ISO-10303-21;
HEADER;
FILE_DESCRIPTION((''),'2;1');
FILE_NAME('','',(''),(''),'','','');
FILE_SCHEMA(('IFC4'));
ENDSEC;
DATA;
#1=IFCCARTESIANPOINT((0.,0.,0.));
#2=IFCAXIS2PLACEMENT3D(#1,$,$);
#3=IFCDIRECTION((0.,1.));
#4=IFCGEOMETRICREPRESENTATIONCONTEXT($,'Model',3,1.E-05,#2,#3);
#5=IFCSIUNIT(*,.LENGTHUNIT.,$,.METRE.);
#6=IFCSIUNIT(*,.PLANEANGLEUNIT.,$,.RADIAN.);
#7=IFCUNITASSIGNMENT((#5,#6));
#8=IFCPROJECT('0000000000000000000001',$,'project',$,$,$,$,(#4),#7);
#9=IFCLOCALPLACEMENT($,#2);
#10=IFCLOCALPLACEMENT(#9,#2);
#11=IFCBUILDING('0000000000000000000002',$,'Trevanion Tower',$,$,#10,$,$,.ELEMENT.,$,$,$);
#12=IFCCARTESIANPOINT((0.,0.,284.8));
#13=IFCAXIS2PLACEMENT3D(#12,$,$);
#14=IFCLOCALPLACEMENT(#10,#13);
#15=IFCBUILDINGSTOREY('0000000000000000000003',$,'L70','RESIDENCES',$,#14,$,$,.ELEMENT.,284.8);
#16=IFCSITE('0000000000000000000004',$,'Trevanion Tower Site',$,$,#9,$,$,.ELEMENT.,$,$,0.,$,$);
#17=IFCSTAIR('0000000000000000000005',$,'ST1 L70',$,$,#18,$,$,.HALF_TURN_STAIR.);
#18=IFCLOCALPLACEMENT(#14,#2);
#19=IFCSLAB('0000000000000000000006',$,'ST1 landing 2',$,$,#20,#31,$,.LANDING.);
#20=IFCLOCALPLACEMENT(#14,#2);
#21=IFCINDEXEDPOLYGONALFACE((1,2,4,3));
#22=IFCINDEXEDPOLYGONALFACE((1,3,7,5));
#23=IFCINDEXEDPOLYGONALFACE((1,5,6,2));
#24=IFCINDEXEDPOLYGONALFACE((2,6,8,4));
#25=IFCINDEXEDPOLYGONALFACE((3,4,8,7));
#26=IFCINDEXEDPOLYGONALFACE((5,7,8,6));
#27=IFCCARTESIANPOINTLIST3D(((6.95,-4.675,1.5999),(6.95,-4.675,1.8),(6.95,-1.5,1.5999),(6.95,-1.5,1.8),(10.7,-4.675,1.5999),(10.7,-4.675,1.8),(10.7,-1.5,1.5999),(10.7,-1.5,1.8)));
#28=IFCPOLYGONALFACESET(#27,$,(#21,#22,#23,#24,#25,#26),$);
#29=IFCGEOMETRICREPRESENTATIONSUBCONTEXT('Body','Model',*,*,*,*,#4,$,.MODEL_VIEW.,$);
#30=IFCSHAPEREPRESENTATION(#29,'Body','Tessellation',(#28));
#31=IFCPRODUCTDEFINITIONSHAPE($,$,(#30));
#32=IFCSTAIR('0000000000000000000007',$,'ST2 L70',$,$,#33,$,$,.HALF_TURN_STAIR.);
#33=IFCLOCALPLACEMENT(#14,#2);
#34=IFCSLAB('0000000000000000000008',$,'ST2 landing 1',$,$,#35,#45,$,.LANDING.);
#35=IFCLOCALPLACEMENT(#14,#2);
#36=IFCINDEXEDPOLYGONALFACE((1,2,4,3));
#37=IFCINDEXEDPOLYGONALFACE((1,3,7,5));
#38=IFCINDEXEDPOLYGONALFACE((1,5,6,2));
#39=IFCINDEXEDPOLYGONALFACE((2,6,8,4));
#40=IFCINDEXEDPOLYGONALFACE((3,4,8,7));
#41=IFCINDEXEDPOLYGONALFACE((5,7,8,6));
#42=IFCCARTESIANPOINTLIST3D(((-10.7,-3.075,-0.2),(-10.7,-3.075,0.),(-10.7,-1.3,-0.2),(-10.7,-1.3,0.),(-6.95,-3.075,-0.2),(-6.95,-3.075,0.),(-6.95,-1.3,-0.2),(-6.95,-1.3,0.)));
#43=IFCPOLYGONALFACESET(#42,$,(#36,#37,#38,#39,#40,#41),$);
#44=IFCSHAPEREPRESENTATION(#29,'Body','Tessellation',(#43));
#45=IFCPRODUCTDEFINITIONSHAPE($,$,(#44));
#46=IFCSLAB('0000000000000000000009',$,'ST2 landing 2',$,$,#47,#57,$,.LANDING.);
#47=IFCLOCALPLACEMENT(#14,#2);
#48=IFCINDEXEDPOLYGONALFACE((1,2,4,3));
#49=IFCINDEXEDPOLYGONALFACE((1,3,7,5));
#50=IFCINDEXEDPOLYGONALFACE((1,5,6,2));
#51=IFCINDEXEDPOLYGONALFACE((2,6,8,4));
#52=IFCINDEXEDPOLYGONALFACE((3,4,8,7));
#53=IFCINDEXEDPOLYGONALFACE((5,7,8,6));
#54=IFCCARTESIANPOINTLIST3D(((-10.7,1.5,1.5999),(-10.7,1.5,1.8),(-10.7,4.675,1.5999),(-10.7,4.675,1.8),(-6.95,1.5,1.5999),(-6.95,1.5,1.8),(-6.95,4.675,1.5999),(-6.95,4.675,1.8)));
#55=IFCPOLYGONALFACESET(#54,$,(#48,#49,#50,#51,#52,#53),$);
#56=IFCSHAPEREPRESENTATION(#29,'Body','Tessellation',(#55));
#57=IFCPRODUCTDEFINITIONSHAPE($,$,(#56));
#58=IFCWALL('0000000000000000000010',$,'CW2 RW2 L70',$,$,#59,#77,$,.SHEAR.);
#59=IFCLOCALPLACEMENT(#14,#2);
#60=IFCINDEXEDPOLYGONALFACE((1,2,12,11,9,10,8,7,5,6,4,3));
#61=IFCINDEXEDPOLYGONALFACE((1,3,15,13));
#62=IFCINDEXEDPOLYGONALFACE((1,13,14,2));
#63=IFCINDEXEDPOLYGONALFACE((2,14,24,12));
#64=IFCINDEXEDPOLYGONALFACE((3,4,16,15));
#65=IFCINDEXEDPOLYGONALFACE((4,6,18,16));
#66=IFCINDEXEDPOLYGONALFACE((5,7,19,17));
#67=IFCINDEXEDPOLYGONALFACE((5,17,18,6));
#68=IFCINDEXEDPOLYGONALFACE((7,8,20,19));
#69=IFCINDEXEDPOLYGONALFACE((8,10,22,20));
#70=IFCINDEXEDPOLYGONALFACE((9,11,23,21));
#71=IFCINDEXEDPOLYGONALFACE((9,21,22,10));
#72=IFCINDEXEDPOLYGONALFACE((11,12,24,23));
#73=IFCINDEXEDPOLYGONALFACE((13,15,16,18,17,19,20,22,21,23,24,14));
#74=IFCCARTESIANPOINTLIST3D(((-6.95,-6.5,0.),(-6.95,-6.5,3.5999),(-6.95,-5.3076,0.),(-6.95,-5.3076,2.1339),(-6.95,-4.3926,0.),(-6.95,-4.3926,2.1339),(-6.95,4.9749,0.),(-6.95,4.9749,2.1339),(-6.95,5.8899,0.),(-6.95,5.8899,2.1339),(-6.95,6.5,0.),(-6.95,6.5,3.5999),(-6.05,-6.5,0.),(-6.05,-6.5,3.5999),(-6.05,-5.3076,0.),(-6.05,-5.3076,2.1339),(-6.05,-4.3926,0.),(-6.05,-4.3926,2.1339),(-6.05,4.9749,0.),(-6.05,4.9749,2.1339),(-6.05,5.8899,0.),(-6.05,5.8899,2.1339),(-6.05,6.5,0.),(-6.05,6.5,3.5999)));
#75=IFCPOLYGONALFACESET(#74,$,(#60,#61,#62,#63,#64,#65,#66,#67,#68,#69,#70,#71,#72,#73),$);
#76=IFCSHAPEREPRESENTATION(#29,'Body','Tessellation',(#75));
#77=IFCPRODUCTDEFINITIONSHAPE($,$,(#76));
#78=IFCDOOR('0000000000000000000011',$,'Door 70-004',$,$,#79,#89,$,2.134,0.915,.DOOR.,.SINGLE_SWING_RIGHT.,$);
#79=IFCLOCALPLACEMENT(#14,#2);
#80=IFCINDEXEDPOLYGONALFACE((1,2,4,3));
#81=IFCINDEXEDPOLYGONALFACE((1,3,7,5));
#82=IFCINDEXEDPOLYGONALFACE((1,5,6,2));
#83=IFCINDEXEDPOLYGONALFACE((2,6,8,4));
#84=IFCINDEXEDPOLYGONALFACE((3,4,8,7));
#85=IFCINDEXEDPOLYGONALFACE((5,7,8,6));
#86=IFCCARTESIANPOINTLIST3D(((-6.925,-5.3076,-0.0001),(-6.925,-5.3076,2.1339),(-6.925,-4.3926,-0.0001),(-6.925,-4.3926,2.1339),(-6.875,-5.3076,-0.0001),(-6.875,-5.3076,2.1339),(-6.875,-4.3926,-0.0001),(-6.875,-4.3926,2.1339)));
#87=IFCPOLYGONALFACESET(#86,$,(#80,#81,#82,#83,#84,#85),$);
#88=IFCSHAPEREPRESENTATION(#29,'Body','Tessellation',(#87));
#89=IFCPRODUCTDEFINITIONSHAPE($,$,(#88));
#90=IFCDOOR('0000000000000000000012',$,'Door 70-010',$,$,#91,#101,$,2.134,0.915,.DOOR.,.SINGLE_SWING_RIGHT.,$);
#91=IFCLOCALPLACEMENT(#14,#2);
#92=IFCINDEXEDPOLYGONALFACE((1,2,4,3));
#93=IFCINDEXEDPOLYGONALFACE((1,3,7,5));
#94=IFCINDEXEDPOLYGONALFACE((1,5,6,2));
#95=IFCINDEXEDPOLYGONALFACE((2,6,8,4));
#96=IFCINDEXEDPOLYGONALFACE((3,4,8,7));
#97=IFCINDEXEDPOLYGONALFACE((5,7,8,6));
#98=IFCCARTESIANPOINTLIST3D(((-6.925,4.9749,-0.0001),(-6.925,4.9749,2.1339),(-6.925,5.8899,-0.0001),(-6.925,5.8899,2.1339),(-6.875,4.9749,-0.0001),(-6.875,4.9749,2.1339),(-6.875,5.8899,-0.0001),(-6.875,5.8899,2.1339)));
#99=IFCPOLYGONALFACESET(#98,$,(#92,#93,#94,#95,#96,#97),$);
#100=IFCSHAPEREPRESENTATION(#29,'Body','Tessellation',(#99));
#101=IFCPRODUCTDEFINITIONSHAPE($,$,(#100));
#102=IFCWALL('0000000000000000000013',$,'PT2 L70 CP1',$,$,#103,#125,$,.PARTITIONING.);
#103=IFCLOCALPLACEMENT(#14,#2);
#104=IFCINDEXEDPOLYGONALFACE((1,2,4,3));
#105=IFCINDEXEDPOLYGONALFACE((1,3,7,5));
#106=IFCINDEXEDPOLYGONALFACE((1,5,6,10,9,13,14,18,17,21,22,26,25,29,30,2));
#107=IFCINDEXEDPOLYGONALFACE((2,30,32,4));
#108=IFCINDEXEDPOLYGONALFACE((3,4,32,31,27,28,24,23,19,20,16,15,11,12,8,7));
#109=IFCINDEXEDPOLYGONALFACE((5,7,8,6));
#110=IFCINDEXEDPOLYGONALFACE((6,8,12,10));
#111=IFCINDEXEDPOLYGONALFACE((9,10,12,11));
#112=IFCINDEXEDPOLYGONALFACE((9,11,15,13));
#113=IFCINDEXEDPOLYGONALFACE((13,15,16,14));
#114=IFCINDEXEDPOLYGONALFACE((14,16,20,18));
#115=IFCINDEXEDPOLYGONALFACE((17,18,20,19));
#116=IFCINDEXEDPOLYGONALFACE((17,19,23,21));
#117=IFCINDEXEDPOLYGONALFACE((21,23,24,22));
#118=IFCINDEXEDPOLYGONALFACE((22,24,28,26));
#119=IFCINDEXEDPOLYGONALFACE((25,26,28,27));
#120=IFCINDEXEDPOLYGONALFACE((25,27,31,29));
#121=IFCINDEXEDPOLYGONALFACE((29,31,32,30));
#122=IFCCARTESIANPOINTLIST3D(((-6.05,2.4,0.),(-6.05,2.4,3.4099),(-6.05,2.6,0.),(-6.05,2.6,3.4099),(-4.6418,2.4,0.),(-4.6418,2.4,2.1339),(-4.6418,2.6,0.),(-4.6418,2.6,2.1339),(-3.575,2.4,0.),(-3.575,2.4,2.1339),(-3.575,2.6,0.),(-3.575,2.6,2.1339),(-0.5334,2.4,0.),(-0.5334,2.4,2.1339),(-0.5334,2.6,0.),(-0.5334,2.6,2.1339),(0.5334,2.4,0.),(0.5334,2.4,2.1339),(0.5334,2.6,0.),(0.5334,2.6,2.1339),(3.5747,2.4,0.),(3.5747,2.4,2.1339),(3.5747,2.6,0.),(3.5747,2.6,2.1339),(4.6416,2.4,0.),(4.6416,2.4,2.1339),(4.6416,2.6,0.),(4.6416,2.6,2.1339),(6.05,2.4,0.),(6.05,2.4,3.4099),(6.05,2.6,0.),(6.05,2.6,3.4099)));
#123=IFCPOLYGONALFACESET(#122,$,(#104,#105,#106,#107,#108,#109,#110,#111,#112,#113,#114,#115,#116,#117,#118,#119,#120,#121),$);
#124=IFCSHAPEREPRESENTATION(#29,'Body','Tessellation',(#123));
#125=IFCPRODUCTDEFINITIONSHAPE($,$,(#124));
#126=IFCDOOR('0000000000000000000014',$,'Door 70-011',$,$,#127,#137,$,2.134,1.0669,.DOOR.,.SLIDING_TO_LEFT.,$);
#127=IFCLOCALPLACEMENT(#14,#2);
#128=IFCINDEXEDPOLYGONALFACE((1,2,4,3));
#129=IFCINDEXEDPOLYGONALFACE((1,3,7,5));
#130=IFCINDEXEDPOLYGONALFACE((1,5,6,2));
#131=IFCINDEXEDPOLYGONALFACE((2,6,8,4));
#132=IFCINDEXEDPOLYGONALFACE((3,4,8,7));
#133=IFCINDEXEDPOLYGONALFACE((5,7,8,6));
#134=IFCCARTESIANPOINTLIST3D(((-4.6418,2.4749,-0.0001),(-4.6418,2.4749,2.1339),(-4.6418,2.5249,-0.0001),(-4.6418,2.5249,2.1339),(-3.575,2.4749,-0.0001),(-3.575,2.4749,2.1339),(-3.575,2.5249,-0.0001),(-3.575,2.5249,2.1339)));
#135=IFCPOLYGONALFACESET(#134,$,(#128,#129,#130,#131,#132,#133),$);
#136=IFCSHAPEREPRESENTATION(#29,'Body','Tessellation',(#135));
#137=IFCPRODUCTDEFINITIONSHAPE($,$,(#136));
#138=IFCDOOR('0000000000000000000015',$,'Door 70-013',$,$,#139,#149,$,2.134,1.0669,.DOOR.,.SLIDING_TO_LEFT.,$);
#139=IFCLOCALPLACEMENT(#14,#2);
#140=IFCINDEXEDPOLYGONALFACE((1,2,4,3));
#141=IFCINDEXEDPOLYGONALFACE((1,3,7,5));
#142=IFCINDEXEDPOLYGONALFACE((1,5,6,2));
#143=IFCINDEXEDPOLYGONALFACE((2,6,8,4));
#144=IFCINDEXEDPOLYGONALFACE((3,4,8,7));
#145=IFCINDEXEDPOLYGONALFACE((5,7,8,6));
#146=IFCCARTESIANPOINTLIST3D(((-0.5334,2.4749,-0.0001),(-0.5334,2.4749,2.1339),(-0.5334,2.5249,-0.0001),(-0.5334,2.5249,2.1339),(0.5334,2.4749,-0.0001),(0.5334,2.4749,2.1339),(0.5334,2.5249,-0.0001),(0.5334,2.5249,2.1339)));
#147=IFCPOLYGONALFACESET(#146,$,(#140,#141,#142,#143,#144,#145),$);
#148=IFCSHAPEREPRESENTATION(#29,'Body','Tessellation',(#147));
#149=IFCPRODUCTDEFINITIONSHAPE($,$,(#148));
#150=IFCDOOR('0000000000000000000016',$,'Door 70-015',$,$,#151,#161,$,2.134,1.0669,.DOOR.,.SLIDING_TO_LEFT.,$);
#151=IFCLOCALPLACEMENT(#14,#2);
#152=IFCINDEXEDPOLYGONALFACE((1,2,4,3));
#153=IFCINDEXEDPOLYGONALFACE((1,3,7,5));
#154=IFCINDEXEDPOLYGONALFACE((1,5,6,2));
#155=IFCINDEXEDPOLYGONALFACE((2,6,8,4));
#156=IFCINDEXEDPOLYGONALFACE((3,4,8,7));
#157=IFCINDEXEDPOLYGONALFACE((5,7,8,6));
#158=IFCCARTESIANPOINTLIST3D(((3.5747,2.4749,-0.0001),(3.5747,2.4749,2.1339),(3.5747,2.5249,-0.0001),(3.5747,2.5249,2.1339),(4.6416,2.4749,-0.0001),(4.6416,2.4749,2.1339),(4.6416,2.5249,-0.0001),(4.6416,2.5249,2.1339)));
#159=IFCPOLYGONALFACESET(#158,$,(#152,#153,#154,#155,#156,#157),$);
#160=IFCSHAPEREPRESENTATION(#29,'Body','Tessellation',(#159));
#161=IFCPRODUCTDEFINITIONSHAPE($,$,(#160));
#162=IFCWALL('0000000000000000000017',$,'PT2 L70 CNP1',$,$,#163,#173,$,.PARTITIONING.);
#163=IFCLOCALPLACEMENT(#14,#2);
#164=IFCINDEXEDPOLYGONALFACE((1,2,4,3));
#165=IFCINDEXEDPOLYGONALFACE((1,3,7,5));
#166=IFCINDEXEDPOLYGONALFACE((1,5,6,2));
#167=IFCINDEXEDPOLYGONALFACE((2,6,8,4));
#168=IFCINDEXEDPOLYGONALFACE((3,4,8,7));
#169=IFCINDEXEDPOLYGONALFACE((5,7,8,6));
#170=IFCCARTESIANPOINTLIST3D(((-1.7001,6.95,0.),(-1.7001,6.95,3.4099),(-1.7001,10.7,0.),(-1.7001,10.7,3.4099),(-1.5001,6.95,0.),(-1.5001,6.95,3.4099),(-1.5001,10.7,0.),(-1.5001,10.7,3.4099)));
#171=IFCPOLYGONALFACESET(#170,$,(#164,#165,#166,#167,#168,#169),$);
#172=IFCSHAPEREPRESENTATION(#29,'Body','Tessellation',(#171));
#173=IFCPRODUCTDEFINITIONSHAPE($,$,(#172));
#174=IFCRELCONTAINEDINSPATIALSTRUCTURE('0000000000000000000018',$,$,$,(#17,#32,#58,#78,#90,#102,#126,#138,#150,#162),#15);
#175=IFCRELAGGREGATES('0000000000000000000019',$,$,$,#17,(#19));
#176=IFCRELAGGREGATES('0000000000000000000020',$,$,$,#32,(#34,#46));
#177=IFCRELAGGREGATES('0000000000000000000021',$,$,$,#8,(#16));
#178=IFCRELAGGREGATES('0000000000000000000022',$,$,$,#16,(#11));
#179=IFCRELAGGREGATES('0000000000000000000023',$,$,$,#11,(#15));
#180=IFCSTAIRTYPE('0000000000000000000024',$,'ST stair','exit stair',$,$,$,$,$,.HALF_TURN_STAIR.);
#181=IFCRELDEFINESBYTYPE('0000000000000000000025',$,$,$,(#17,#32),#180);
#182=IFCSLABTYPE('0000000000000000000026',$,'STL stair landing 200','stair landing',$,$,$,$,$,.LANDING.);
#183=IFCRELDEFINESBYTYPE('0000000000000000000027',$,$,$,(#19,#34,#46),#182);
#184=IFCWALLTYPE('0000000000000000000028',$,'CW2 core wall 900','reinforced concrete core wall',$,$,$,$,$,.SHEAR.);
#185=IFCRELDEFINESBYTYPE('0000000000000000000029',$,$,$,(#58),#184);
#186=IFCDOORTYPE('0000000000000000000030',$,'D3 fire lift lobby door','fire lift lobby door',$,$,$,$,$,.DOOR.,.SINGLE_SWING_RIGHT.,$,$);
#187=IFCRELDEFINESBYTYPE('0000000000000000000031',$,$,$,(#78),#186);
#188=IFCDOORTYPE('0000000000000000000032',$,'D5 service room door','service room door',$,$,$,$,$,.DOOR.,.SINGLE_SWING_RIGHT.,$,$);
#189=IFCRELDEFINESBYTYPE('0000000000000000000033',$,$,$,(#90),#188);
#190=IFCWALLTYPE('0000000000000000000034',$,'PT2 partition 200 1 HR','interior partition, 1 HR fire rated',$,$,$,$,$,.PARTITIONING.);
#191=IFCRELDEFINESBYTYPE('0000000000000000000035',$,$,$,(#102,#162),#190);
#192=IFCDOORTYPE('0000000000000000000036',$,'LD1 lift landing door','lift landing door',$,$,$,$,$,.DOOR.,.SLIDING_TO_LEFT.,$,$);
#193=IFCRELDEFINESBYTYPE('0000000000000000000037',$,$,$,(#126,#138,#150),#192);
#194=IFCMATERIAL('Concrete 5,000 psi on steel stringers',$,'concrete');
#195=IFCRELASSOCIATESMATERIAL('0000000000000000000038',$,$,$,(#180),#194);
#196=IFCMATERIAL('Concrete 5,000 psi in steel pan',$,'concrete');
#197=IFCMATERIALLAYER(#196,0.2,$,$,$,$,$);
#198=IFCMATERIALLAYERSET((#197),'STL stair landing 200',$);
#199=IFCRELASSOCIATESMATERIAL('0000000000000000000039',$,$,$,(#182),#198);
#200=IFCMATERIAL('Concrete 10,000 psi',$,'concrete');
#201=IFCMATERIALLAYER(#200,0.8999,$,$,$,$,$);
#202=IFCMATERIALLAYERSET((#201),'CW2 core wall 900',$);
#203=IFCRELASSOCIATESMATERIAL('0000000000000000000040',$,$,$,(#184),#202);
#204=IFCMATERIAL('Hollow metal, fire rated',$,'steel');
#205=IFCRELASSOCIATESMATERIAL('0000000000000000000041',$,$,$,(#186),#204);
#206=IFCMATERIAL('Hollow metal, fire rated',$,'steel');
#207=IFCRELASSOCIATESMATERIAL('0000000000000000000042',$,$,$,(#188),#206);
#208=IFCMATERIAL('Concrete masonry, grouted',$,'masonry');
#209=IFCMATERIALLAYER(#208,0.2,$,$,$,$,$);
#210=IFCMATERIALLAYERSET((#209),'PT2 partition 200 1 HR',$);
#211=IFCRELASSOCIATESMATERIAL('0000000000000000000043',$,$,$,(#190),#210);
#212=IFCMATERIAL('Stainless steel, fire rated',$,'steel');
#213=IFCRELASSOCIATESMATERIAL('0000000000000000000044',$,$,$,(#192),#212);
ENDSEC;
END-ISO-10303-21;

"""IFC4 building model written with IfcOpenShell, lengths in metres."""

from ifc_helpers import new_model, si_unit, direction, frame, frame_2d, origin, place, context, subcontext, project, spatial, polyline, rectangle, outline, extrude, material, layer, layer_set, type_object, element, fill, aggregate, save


model = new_model("IFC4")

# Units and contexts
model_context = context("Model", 3, precision=1e-05, world=origin(), true_north=direction((0.0, 1.0)))
body_context = subcontext(model_context, "Body", "Model", "MODEL_VIEW")
ifc_project = project(units=[si_unit("LENGTHUNIT", "METRE"), si_unit("PLANEANGLEUNIT", "RADIAN")], contexts=[model_context])

# Site, building, storey
site_placement = place(None, origin())
site = spatial("IfcSite", under=ifc_project, at=site_placement, Name="Trevanion Tower Site", CompositionType="ELEMENT", RefElevation=0.0)
building_placement = place(site_placement, origin())
building = spatial("IfcBuilding", under=site, at=building_placement, Name="Trevanion Tower", CompositionType="ELEMENT")
storey_placement = place(building_placement, frame((0.0, 0.0, 284.8)))
storey = spatial("IfcBuildingStorey", under=building, at=storey_placement, Name="L70", Description="RESIDENCES", CompositionType="ELEMENT", Elevation=284.8)

# Stairs, slabs
ifc_material_1 = material(Name="Concrete 5,000 psi on steel stringers", Category="concrete")
stair_type = type_object("IfcStairType", Name="ST stair", Description="exit stair", PredefinedType="HALF_TURN_STAIR", material=ifc_material_1)
stair_1_placement = place(storey_placement, origin())
stair_1 = element("IfcStair", 1, at=stair_1_placement, inside=storey, type_object=stair_type, Name="ST1 L70", PredefinedType="HALF_TURN_STAIR")
ifc_material_2 = material(Name="Concrete 5,000 psi in steel pan", Category="concrete")
ifc_layer_1 = layer(ifc_material_2, 0.2)
ifc_layer_set_1 = layer_set([ifc_layer_1], Name="STL stair landing 200")
slab_type_1 = type_object("IfcSlabType", Name="STL stair landing 200", Description="stair landing", PredefinedType="LANDING", material=ifc_layer_set_1)
slab_1_placement = place(storey_placement, frame((0.0, 0.0, 1.5999)))
slab_1 = element("IfcSlab", 2, at=slab_1_placement, type_object=slab_type_1, Name="ST1 landing 2", PredefinedType="LANDING", context=body_context, shape_type="SweptSolid", body=[
    extrude(outline(polyline([(6.95, -4.675), (10.7, -4.675), (10.7, -1.5), (6.95, -1.5), (6.95, -4.675)])), origin(), (0.0, 0.0, 1.0), 0.2002),
])
aggregate(stair_1, [slab_1])
stair_2_placement = place(storey_placement, origin())
stair_2 = element("IfcStair", 3, at=stair_2_placement, inside=storey, type_object=stair_type, Name="ST2 L70", PredefinedType="HALF_TURN_STAIR")
slab_2_placement = place(storey_placement, frame((0.0, 0.0, -0.2)))
slab_2 = element("IfcSlab", 4, at=slab_2_placement, type_object=slab_type_1, Name="ST2 landing 1", PredefinedType="LANDING", context=body_context, shape_type="SweptSolid", body=[
    extrude(outline(polyline([(-6.95, -1.3), (-10.7, -1.3), (-10.7, -3.075), (-6.95, -3.075), (-6.95, -1.3)])), origin(), (0.0, 0.0, 1.0), 0.2),
])
slab_3_placement = place(storey_placement, frame((0.0, 0.0, 1.5999)))
slab_3 = element("IfcSlab", 5, at=slab_3_placement, type_object=slab_type_1, Name="ST2 landing 2", PredefinedType="LANDING", context=body_context, shape_type="SweptSolid", body=[
    extrude(outline(polyline([(-6.95, 4.675), (-10.7, 4.675), (-10.7, 1.5), (-6.95, 1.5), (-6.95, 4.675)])), origin(), (0.0, 0.0, 1.0), 0.2002),
])
aggregate(stair_2, [slab_2, slab_3])

# Walls, openings, doors
ifc_material_3 = material(Name="Concrete 10,000 psi", Category="concrete")
ifc_layer_2 = layer(ifc_material_3, 0.8999)
ifc_layer_set_2 = layer_set([ifc_layer_2], Name="CW2 core wall 900")
wall_type_1 = type_object("IfcWallType", Name="CW2 core wall 900", Description="reinforced concrete core wall", PredefinedType="SHEAR", material=ifc_layer_set_2)
wall_1_placement = place(storey_placement, frame((-6.5, 6.5, 0.0), z_axis=(0.0, 0.0, 1.0), x_axis=(0.0, -1.0, 0.0)))
wall_1 = element("IfcWall", 6, at=wall_1_placement, inside=storey, type_object=wall_type_1, Name="CW2 RW2 L70", PredefinedType="SHEAR", context=body_context, shape_type="SweptSolid", body=[
    extrude(rectangle(XDim=13.0, YDim=0.8999, at=frame_2d((6.5, 0.0))), origin(), (0.0, 0.0, 1.0), 3.5999),
])
opening_1_placement = place(wall_1_placement, frame((10.8926, 0.0, 0.0)))
opening_1 = element("IfcOpeningElement", 7, at=opening_1_placement, cuts=wall_1, PredefinedType="OPENING", context=body_context, shape_type="SweptSolid", body=[
    extrude(rectangle(XDim=0.915, YDim=2.134, at=frame_2d((0.4575, 1.0669))), frame((0.0, 0.46, 0.0), z_axis=(0.0, -1.0, 0.0), x_axis=(1.0, 0.0, 0.0)), (0.0, 0.0, 1.0), 0.9199),
])
opening_2_placement = place(wall_1_placement, frame((0.6101, 0.0, 0.0)))
opening_2 = element("IfcOpeningElement", 8, at=opening_2_placement, cuts=wall_1, PredefinedType="OPENING", context=body_context, shape_type="SweptSolid", body=[
    extrude(rectangle(XDim=0.915, YDim=2.134, at=frame_2d((0.4575, 1.0669))), frame((0.0, 0.46, 0.0), z_axis=(0.0, -1.0, 0.0), x_axis=(1.0, 0.0, 0.0)), (0.0, 0.0, 1.0), 0.9199),
])
ifc_material_4 = material(Name="Hollow metal, fire rated", Category="steel")
door_type_1 = type_object("IfcDoorType", Name="D3 fire lift lobby door", Description="fire lift lobby door", OperationType="SINGLE_SWING_RIGHT", PredefinedType="DOOR", material=ifc_material_4)
door_1_placement = place(opening_1_placement, origin())
door_1 = element("IfcDoor", 9, at=door_1_placement, inside=storey, type_object=door_type_1, Name="Door 70-004", OperationType="SINGLE_SWING_RIGHT", OverallHeight=2.134, OverallWidth=0.915, PredefinedType="DOOR", context=body_context, shape_type="SweptSolid", body=[
    extrude(rectangle(XDim=0.915, YDim=2.134, at=frame_2d((0.4575, 1.0669))), frame((0.0, -0.375, 0.0), z_axis=(0.0, -1.0, 0.0), x_axis=(1.0, 0.0, 0.0)), (0.0, 0.0, 1.0), 0.05),
])
fill(opening_1, door_1)
ifc_material_5 = material(Name="Hollow metal, fire rated", Category="steel")
door_type_2 = type_object("IfcDoorType", Name="D5 service room door", Description="service room door", OperationType="SINGLE_SWING_RIGHT", PredefinedType="DOOR", material=ifc_material_5)
door_2_placement = place(opening_2_placement, origin())
door_2 = element("IfcDoor", 10, at=door_2_placement, inside=storey, type_object=door_type_2, Name="Door 70-010", OperationType="SINGLE_SWING_RIGHT", OverallHeight=2.134, OverallWidth=0.915, PredefinedType="DOOR", context=body_context, shape_type="SweptSolid", body=[
    extrude(rectangle(XDim=0.915, YDim=2.134, at=frame_2d((0.4575, 1.0669))), frame((0.0, -0.375, 0.0), z_axis=(0.0, -1.0, 0.0), x_axis=(1.0, 0.0, 0.0)), (0.0, 0.0, 1.0), 0.05),
])
fill(opening_2, door_2)
ifc_material_6 = material(Name="Concrete masonry, grouted", Category="masonry")
ifc_layer_3 = layer(ifc_material_6, 0.2)
ifc_layer_set_3 = layer_set([ifc_layer_3], Name="PT2 partition 200 1 HR")
wall_type_2 = type_object("IfcWallType", Name="PT2 partition 200 1 HR", Description="interior partition, 1 HR fire rated", PredefinedType="PARTITIONING", material=ifc_layer_set_3)
wall_2_placement = place(storey_placement, frame((-6.05, 2.5, 0.0), z_axis=(0.0, 0.0, 1.0), x_axis=(1.0, 0.0, 0.0)))
wall_2 = element("IfcWall", 11, at=wall_2_placement, inside=storey, type_object=wall_type_2, Name="PT2 L70 CP1", PredefinedType="PARTITIONING", context=body_context, shape_type="SweptSolid", body=[
    extrude(rectangle(XDim=12.1001, YDim=0.2, at=frame_2d((6.05, 0.0))), origin(), (0.0, 0.0, 1.0), 3.4099),
])
opening_3_placement = place(wall_2_placement, frame((1.4082, 0.0, 0.0)))
opening_3 = element("IfcOpeningElement", 12, at=opening_3_placement, cuts=wall_2, PredefinedType="OPENING", context=body_context, shape_type="SweptSolid", body=[
    extrude(rectangle(XDim=1.0669, YDim=2.134, at=frame_2d((0.5334, 1.0669))), frame((0.0, 0.1099, 0.0), z_axis=(0.0, -1.0, 0.0), x_axis=(1.0, 0.0, 0.0)), (0.0, 0.0, 1.0), 0.22),
])
opening_4_placement = place(wall_2_placement, frame((5.5166, 0.0, 0.0)))
opening_4 = element("IfcOpeningElement", 13, at=opening_4_placement, cuts=wall_2, PredefinedType="OPENING", context=body_context, shape_type="SweptSolid", body=[
    extrude(rectangle(XDim=1.0669, YDim=2.134, at=frame_2d((0.5334, 1.0669))), frame((0.0, 0.1099, 0.0), z_axis=(0.0, -1.0, 0.0), x_axis=(1.0, 0.0, 0.0)), (0.0, 0.0, 1.0), 0.22),
])
opening_5_placement = place(wall_2_placement, frame((9.6248, 0.0, 0.0)))
opening_5 = element("IfcOpeningElement", 14, at=opening_5_placement, cuts=wall_2, PredefinedType="OPENING", context=body_context, shape_type="SweptSolid", body=[
    extrude(rectangle(XDim=1.0669, YDim=2.134, at=frame_2d((0.5334, 1.0669))), frame((0.0, 0.1099, 0.0), z_axis=(0.0, -1.0, 0.0), x_axis=(1.0, 0.0, 0.0)), (0.0, 0.0, 1.0), 0.22),
])
ifc_material_7 = material(Name="Stainless steel, fire rated", Category="steel")
door_type_3 = type_object("IfcDoorType", Name="LD1 lift landing door", Description="lift landing door", OperationType="SLIDING_TO_LEFT", PredefinedType="DOOR", material=ifc_material_7)
door_3_placement = place(opening_3_placement, origin())
door_3 = element("IfcDoor", 15, at=door_3_placement, inside=storey, type_object=door_type_3, Name="Door 70-011", OperationType="SLIDING_TO_LEFT", OverallHeight=2.134, OverallWidth=1.0669, PredefinedType="DOOR", context=body_context, shape_type="SweptSolid", body=[
    extrude(rectangle(XDim=1.0669, YDim=2.134, at=frame_2d((0.5334, 1.0669))), frame((0.0, 0.0249, 0.0), z_axis=(0.0, -1.0, 0.0), x_axis=(1.0, 0.0, 0.0)), (0.0, 0.0, 1.0), 0.05),
])
fill(opening_3, door_3)
door_4_placement = place(opening_4_placement, origin())
door_4 = element("IfcDoor", 16, at=door_4_placement, inside=storey, type_object=door_type_3, Name="Door 70-013", OperationType="SLIDING_TO_LEFT", OverallHeight=2.134, OverallWidth=1.0669, PredefinedType="DOOR", context=body_context, shape_type="SweptSolid", body=[
    extrude(rectangle(XDim=1.0669, YDim=2.134, at=frame_2d((0.5334, 1.0669))), frame((0.0, 0.0249, 0.0), z_axis=(0.0, -1.0, 0.0), x_axis=(1.0, 0.0, 0.0)), (0.0, 0.0, 1.0), 0.05),
])
fill(opening_4, door_4)
door_5_placement = place(opening_5_placement, origin())
door_5 = element("IfcDoor", 17, at=door_5_placement, inside=storey, type_object=door_type_3, Name="Door 70-015", OperationType="SLIDING_TO_LEFT", OverallHeight=2.134, OverallWidth=1.0669, PredefinedType="DOOR", context=body_context, shape_type="SweptSolid", body=[
    extrude(rectangle(XDim=1.0669, YDim=2.134, at=frame_2d((0.5334, 1.0669))), frame((0.0, 0.0249, 0.0), z_axis=(0.0, -1.0, 0.0), x_axis=(1.0, 0.0, 0.0)), (0.0, 0.0, 1.0), 0.05),
])
fill(opening_5, door_5)

# Wall
wall_3_placement = place(storey_placement, frame((-1.6001, 6.95, 0.0), z_axis=(0.0, 0.0, 1.0), x_axis=(0.0, 1.0, 0.0)))
element("IfcWall", 18, at=wall_3_placement, inside=storey, type_object=wall_type_2, Name="PT2 L70 CNP1", PredefinedType="PARTITIONING", context=body_context, shape_type="SweptSolid", body=[
    extrude(rectangle(XDim=3.75, YDim=0.2, at=frame_2d((1.875, 0.0))), origin(), (0.0, 0.0, 1.0), 3.4099),
])

save(model, "model.ifc")
